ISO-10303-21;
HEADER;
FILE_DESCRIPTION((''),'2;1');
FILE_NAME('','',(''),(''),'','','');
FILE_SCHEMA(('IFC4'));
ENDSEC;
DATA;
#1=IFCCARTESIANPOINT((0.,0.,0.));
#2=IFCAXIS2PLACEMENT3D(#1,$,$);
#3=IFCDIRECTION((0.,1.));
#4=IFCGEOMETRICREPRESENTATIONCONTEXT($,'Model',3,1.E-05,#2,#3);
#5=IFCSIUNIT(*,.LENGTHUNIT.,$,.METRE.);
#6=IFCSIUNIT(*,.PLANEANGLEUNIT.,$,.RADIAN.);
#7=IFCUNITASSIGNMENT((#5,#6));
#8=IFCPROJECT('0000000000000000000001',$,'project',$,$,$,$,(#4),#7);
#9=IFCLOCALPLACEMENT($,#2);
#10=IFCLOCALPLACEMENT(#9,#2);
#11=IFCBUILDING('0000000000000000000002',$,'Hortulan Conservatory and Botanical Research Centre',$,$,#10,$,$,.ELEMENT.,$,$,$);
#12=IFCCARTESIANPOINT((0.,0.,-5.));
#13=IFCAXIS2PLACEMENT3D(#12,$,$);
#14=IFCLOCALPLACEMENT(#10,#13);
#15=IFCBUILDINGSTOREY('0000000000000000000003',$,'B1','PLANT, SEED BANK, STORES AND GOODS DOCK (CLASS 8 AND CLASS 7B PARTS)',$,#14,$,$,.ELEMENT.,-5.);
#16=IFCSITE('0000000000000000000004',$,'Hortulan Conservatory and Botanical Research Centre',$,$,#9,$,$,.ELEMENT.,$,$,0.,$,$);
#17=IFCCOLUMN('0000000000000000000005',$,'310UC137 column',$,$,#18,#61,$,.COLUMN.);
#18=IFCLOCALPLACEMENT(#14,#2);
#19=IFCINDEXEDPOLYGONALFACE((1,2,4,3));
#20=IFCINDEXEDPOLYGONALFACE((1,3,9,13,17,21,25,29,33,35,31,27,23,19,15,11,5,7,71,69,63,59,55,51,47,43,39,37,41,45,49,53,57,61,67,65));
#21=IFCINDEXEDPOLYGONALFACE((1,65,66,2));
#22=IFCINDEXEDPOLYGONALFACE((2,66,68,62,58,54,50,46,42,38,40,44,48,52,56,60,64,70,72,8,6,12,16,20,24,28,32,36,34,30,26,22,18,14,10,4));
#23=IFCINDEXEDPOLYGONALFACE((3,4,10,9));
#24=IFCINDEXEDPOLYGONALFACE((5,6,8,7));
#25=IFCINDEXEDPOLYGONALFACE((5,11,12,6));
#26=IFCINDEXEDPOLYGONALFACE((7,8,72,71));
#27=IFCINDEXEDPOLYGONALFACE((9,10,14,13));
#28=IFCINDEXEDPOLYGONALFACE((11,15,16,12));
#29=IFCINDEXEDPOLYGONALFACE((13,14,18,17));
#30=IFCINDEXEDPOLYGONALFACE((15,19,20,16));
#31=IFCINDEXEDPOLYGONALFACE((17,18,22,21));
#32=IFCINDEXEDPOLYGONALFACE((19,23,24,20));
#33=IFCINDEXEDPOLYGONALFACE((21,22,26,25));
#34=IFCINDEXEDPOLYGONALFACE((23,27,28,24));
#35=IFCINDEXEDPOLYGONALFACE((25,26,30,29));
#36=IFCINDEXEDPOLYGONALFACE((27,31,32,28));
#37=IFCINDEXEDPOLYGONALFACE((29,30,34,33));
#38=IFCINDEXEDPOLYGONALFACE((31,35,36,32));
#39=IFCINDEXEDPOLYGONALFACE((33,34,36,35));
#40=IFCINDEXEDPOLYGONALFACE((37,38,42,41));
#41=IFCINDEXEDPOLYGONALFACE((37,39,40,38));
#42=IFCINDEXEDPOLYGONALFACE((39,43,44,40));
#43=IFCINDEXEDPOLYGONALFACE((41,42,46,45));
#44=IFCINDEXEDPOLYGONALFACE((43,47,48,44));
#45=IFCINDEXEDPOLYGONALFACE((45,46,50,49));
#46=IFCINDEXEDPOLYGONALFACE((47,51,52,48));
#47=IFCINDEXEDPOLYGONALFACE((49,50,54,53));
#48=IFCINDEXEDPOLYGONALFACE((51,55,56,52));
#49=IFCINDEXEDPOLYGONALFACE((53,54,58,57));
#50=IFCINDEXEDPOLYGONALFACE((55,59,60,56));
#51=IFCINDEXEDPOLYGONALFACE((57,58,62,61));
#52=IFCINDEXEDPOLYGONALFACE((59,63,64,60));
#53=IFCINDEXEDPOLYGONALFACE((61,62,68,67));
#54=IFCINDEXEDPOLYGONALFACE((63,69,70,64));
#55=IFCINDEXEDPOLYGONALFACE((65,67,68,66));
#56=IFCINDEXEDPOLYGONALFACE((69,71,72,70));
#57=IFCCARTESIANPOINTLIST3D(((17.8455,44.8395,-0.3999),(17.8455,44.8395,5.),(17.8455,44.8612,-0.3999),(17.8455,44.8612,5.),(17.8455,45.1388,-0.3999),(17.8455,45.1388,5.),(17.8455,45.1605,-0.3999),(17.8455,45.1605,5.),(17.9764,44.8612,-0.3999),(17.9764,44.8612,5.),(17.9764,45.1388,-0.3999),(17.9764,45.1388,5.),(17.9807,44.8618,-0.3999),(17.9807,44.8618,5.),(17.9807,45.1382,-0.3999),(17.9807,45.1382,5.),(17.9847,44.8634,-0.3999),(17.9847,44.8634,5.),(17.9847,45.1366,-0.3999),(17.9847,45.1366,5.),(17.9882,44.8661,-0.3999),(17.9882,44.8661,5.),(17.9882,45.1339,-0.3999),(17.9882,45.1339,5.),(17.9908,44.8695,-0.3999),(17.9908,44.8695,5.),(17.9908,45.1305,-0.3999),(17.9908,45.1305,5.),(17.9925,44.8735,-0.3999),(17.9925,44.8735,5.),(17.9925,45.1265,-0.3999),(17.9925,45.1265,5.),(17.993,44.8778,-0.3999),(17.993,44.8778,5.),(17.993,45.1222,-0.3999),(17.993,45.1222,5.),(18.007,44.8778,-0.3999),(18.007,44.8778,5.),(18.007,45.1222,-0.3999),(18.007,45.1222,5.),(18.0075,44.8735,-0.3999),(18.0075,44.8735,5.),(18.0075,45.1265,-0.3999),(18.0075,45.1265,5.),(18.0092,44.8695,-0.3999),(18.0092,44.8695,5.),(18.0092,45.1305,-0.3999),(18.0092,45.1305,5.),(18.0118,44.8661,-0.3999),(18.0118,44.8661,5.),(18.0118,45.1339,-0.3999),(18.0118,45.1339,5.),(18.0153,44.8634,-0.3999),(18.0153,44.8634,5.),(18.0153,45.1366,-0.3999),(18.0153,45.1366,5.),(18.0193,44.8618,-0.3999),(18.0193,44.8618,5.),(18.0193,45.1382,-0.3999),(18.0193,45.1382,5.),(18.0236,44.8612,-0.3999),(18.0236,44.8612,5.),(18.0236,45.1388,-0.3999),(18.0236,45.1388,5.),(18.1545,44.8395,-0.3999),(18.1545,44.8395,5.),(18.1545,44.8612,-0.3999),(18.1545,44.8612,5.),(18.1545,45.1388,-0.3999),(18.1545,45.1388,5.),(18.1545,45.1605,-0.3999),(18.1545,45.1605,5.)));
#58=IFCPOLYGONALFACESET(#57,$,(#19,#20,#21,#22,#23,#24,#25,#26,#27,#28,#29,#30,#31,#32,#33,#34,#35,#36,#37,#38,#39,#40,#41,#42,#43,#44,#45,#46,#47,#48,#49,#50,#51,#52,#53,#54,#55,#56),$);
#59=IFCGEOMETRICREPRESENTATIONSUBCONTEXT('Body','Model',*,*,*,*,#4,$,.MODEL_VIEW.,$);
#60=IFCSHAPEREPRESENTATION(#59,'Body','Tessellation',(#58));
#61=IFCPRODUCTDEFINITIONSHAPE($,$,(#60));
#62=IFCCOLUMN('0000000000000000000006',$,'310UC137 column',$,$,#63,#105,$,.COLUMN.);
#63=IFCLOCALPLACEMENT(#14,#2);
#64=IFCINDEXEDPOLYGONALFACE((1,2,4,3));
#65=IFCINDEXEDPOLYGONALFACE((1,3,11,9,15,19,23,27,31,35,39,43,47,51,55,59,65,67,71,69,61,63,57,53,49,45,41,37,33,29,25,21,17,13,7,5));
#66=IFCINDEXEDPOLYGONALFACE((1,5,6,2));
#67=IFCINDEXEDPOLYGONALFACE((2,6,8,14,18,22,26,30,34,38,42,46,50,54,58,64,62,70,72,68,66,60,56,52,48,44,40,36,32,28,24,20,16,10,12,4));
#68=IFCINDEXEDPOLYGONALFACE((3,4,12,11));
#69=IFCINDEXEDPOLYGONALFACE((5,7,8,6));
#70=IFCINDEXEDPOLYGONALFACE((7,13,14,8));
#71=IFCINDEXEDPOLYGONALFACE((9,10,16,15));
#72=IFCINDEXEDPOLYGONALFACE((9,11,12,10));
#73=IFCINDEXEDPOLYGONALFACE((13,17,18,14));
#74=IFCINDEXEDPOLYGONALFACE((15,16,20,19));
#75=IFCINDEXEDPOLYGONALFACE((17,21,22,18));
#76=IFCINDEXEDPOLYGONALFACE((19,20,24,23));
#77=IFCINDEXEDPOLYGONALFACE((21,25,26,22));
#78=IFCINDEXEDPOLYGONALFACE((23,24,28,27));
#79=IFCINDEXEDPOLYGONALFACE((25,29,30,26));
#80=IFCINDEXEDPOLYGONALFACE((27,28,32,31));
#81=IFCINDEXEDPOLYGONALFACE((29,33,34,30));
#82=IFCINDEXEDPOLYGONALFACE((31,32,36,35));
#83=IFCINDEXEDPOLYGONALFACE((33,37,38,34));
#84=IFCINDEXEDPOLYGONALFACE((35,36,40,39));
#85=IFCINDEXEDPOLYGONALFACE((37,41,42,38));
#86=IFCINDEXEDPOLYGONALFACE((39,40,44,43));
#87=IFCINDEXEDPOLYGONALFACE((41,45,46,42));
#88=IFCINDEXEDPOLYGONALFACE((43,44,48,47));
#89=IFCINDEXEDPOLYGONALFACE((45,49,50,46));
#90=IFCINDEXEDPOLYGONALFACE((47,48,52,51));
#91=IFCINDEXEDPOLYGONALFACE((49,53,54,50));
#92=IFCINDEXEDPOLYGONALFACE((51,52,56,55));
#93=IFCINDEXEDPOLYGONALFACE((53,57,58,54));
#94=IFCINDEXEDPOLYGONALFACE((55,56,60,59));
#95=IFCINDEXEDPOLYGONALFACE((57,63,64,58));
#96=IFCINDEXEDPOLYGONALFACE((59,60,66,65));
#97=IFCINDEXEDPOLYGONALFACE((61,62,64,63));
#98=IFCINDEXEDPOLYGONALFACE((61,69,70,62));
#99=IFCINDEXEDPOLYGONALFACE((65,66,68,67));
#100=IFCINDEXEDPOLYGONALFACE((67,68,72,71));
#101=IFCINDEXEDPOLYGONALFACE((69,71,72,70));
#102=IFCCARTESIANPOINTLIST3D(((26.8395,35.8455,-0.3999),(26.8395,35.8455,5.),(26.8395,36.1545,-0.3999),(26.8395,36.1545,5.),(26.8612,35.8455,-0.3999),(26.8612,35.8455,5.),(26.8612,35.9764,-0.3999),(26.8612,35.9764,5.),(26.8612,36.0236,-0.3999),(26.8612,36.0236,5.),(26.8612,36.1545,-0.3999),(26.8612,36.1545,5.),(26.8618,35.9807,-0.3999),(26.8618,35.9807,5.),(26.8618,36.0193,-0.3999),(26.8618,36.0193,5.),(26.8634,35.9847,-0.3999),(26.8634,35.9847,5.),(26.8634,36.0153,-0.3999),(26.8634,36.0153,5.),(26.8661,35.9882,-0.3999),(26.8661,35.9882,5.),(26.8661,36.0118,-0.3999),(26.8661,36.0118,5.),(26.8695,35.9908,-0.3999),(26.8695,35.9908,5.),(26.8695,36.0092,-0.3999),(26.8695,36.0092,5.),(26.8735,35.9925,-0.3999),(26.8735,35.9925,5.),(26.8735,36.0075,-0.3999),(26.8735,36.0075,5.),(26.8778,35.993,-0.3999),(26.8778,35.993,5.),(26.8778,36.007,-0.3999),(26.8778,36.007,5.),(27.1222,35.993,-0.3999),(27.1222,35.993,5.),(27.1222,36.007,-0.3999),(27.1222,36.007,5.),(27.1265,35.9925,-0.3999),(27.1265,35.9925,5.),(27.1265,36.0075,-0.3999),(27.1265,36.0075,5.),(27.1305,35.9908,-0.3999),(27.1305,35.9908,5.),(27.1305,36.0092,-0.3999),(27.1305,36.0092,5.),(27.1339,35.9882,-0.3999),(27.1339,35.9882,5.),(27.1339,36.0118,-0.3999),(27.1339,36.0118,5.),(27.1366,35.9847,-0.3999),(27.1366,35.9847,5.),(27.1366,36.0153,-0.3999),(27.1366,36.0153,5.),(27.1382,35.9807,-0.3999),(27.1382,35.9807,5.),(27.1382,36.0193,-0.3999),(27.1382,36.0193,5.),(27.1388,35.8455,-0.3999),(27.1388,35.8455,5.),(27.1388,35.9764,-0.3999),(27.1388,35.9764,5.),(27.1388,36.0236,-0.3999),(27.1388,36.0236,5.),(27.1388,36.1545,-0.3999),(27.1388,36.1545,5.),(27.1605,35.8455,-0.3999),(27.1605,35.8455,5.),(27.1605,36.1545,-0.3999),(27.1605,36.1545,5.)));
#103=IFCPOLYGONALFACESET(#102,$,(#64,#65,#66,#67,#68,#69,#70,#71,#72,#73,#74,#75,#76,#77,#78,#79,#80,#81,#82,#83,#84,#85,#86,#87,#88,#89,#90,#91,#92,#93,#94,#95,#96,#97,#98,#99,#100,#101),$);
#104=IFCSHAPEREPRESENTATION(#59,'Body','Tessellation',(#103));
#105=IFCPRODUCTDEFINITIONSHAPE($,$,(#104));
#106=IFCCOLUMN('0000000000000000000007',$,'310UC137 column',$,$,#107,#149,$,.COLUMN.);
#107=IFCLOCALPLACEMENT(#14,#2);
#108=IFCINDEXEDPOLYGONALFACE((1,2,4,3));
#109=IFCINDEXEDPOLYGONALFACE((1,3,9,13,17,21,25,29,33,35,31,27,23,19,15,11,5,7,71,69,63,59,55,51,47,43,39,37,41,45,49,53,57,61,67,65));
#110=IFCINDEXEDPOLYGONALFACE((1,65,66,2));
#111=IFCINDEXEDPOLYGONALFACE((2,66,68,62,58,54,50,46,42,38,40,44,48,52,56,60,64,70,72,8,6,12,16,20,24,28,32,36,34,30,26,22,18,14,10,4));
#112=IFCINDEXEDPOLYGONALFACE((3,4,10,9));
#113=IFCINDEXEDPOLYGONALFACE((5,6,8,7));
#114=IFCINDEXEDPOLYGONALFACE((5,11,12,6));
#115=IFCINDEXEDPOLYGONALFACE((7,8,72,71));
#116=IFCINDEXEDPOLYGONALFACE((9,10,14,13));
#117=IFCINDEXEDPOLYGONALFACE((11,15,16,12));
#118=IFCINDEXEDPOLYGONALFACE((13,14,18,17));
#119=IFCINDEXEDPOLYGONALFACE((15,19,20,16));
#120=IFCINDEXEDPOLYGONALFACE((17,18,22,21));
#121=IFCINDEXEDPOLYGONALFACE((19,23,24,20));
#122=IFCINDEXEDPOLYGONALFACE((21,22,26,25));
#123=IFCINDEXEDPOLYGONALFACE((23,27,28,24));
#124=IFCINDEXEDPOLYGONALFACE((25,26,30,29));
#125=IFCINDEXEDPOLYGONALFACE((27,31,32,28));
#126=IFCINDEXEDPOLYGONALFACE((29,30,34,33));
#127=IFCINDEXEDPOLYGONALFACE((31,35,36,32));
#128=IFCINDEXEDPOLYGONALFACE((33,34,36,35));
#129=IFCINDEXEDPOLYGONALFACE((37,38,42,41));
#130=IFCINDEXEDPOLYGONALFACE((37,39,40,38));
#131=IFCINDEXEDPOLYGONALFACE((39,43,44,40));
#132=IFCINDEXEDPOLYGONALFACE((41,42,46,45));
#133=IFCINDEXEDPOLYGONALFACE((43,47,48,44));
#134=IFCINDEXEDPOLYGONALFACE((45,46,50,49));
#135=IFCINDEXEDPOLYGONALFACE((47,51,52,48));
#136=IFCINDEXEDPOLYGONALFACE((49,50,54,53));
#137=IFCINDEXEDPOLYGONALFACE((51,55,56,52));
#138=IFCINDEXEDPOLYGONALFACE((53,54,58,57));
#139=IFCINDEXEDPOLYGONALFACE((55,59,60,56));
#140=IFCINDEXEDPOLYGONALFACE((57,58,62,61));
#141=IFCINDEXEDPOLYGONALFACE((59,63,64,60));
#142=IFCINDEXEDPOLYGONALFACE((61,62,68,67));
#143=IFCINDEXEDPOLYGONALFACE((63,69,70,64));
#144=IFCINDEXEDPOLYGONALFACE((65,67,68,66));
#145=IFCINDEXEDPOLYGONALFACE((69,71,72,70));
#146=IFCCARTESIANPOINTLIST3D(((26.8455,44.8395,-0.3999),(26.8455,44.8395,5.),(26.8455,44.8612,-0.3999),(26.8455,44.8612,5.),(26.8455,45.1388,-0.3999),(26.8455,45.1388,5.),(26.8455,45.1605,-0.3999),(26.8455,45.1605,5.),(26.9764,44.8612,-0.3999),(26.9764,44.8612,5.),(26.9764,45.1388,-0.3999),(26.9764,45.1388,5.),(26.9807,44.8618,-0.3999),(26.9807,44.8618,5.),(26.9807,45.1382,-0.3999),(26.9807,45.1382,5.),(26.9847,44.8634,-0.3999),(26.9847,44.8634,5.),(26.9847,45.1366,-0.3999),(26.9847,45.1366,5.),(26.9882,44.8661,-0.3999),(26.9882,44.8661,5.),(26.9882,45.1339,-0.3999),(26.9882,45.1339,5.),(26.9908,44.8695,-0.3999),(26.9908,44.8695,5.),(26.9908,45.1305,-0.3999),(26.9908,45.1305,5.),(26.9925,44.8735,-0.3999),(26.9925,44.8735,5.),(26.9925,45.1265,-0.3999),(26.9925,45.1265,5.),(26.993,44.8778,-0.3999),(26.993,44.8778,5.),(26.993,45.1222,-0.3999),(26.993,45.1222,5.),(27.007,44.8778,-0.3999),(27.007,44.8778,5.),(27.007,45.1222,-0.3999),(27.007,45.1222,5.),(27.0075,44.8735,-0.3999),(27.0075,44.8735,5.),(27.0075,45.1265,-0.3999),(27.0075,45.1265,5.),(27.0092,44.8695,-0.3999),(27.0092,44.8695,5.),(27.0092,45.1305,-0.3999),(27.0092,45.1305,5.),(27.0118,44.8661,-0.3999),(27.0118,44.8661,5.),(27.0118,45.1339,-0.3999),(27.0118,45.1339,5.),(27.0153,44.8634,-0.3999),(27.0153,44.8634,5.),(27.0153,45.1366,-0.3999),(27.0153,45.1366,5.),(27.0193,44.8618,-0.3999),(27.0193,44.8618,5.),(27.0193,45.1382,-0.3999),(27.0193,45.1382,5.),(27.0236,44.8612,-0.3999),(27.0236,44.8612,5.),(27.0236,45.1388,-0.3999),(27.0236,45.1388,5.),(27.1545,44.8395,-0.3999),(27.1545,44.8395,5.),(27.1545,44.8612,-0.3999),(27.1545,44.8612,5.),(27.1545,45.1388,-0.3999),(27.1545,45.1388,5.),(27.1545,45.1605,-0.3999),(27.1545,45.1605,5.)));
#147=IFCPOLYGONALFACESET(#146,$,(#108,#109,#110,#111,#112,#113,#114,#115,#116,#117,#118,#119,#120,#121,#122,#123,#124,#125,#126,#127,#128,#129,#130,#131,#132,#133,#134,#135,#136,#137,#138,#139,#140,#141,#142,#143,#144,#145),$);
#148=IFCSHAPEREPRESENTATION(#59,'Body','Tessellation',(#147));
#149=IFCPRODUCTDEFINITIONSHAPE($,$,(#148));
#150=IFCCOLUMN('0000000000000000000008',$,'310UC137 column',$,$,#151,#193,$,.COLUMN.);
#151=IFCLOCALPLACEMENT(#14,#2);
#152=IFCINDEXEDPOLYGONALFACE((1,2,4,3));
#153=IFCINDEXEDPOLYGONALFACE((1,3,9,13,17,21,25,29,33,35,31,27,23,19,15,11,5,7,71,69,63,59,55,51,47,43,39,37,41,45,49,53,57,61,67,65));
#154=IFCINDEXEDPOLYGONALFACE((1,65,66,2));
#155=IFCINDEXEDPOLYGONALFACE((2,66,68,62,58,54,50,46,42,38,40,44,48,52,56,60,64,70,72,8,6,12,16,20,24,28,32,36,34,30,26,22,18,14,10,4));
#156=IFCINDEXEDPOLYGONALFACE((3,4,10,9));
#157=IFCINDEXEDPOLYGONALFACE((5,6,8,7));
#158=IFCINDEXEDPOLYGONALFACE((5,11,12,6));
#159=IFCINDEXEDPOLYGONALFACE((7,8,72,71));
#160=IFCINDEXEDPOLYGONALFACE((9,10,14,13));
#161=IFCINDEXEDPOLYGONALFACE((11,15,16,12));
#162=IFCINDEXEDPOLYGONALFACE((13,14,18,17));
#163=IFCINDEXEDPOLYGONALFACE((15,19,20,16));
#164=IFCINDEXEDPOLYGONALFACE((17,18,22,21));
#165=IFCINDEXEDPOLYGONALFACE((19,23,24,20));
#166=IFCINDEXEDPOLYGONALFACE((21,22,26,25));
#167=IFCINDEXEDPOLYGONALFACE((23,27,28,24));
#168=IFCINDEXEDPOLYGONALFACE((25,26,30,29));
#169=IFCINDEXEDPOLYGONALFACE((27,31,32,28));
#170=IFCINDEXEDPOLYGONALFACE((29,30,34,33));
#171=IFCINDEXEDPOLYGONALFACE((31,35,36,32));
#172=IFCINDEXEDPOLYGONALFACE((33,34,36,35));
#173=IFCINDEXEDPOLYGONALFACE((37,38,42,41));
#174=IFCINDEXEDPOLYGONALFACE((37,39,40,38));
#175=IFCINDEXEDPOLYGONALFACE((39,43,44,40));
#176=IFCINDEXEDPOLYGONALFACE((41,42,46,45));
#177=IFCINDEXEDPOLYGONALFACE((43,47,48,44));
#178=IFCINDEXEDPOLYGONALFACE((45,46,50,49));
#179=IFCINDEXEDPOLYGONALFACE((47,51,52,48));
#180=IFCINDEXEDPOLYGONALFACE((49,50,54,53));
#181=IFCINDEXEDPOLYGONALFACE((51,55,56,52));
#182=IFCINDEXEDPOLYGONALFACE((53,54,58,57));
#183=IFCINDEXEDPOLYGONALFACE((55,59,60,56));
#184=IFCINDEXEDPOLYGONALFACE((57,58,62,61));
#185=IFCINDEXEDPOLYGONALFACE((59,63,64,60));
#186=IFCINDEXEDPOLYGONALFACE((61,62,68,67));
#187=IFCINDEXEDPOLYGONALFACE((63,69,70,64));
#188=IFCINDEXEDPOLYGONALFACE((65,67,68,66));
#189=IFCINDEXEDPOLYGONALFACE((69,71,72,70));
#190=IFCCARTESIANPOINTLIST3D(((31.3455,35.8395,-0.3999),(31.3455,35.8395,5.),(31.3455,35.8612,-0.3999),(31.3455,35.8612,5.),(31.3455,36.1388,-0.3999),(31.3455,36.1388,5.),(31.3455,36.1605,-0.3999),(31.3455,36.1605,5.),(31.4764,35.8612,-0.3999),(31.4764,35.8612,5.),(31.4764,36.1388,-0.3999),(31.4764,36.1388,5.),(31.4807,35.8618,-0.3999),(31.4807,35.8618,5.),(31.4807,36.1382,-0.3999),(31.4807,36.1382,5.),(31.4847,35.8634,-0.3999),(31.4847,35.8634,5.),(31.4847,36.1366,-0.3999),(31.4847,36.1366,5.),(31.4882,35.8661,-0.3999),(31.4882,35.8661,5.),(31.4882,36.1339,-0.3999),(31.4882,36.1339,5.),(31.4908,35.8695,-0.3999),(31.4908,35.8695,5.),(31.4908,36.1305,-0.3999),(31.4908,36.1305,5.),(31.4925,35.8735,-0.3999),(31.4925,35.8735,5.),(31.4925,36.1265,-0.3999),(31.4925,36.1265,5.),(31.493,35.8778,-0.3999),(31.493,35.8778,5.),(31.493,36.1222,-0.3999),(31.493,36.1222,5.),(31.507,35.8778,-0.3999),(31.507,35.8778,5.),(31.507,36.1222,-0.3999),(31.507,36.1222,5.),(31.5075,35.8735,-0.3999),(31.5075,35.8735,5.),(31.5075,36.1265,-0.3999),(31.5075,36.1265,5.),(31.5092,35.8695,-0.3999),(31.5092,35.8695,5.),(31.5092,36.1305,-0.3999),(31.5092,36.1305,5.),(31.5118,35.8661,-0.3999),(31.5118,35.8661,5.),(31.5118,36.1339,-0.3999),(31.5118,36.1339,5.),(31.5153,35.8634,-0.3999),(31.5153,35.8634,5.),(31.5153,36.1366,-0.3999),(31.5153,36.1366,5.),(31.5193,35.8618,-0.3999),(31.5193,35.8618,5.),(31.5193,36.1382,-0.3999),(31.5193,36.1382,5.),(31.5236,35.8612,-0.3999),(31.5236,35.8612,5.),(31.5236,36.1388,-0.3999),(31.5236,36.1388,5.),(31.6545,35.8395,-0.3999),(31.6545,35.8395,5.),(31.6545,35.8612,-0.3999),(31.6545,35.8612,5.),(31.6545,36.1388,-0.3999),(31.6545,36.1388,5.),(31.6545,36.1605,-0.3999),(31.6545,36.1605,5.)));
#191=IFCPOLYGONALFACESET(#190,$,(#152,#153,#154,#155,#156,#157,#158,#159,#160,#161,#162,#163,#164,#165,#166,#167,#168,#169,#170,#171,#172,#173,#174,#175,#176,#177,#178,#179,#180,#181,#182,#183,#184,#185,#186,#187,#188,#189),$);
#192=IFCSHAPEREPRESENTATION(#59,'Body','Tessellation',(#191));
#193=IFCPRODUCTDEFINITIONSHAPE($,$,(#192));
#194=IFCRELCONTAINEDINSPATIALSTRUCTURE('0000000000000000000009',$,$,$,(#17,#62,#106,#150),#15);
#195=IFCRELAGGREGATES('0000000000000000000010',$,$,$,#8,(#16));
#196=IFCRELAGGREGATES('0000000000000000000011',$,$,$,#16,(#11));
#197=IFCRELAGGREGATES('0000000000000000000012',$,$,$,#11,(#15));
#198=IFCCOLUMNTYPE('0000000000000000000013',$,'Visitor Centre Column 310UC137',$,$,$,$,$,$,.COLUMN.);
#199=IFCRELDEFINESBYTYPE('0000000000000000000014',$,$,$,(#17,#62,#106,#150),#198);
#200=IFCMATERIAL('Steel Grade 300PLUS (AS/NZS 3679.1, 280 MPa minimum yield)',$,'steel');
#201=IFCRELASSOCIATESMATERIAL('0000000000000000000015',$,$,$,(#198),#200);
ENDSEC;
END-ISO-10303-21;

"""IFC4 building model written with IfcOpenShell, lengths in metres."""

from ifc_helpers import new_model, si_unit, direction, frame, origin, origin_2d, place, context, subcontext, project, spatial, i_section, extrude, material, material_profile, profile_set, type_object, element, save


model = new_model("IFC4")

# Units and contexts
model_context = context("Model", 3, precision=1e-05, world=origin(), true_north=direction((0.0, 1.0)))
body_context = subcontext(model_context, "Body", "Model", "MODEL_VIEW")
ifc_project = project(units=[si_unit("LENGTHUNIT", "METRE"), si_unit("PLANEANGLEUNIT", "RADIAN")], contexts=[model_context])

# Site, building, storey
site_placement = place(None, origin())
site = spatial("IfcSite", under=ifc_project, at=site_placement, Name="Hortulan Conservatory and Botanical Research Centre", CompositionType="ELEMENT", RefElevation=0.0)
building_placement = place(site_placement, origin())
building = spatial("IfcBuilding", under=site, at=building_placement, Name="Hortulan Conservatory and Botanical Research Centre", CompositionType="ELEMENT")
storey_placement = place(building_placement, frame((0.0, 0.0, -5.0)))
storey = spatial("IfcBuildingStorey", under=building, at=storey_placement, Name="B1", Description="PLANT, SEED BANK, STORES AND GOODS DOCK (CLASS 8 AND CLASS 7B PARTS)", CompositionType="ELEMENT", Elevation=-5.0)

# Columns
ifc_material_1 = material(Name="Steel Grade 300PLUS (AS/NZS 3679.1, 280 MPa minimum yield)", Category="steel")
ifc_material_profile_1 = material_profile(ifc_material_1, i_section(OverallWidth=0.3091, OverallDepth=0.321, WebThickness=0.0139, FlangeThickness=0.0217, FilletRadius=0.0166, at=origin_2d()), Name="310UC137")
ifc_profile_set_1 = profile_set([ifc_material_profile_1], Name="Steel Grade 300PLUS (AS/NZS 3679.1, 280 MPa minimum yield)")
column_type_1 = type_object("IfcColumnType", Name="Visitor Centre Column 310UC137", PredefinedType="COLUMN", material=ifc_profile_set_1)
for number, where, z_axis, x_axis, name in (
    (1, (18.0, 45.0, -0.3999), (0.0, 0.0, 1.0), (1.0, 0.0, 0.0), "310UC137 column"),
    (2, (27.0, 36.0, -0.3999), (0.0, 0.0, 1.0), (0.0, 1.0, 0.0), "310UC137 column"),
    (3, (27.0, 45.0, -0.3999), (0.0, 0.0, 1.0), (1.0, 0.0, 0.0), "310UC137 column"),
    (4, (31.5, 36.0, -0.3999), (0.0, 0.0, 1.0), (1.0, 0.0, 0.0), "310UC137 column"),
):
    element("IfcColumn", number, at=place(storey_placement, frame(where, z_axis=z_axis, x_axis=x_axis)), inside=storey, type_object=column_type_1, Name=name, PredefinedType="COLUMN", context=body_context, shape_type="SweptSolid", body=[
        extrude(i_section(OverallWidth=0.3091, OverallDepth=0.321, WebThickness=0.0139, FlangeThickness=0.0217, FilletRadius=0.0166, at=origin_2d()), origin(), (0.0, 0.0, 1.0), 5.3999),
    ])

save(model, "model.ifc")
